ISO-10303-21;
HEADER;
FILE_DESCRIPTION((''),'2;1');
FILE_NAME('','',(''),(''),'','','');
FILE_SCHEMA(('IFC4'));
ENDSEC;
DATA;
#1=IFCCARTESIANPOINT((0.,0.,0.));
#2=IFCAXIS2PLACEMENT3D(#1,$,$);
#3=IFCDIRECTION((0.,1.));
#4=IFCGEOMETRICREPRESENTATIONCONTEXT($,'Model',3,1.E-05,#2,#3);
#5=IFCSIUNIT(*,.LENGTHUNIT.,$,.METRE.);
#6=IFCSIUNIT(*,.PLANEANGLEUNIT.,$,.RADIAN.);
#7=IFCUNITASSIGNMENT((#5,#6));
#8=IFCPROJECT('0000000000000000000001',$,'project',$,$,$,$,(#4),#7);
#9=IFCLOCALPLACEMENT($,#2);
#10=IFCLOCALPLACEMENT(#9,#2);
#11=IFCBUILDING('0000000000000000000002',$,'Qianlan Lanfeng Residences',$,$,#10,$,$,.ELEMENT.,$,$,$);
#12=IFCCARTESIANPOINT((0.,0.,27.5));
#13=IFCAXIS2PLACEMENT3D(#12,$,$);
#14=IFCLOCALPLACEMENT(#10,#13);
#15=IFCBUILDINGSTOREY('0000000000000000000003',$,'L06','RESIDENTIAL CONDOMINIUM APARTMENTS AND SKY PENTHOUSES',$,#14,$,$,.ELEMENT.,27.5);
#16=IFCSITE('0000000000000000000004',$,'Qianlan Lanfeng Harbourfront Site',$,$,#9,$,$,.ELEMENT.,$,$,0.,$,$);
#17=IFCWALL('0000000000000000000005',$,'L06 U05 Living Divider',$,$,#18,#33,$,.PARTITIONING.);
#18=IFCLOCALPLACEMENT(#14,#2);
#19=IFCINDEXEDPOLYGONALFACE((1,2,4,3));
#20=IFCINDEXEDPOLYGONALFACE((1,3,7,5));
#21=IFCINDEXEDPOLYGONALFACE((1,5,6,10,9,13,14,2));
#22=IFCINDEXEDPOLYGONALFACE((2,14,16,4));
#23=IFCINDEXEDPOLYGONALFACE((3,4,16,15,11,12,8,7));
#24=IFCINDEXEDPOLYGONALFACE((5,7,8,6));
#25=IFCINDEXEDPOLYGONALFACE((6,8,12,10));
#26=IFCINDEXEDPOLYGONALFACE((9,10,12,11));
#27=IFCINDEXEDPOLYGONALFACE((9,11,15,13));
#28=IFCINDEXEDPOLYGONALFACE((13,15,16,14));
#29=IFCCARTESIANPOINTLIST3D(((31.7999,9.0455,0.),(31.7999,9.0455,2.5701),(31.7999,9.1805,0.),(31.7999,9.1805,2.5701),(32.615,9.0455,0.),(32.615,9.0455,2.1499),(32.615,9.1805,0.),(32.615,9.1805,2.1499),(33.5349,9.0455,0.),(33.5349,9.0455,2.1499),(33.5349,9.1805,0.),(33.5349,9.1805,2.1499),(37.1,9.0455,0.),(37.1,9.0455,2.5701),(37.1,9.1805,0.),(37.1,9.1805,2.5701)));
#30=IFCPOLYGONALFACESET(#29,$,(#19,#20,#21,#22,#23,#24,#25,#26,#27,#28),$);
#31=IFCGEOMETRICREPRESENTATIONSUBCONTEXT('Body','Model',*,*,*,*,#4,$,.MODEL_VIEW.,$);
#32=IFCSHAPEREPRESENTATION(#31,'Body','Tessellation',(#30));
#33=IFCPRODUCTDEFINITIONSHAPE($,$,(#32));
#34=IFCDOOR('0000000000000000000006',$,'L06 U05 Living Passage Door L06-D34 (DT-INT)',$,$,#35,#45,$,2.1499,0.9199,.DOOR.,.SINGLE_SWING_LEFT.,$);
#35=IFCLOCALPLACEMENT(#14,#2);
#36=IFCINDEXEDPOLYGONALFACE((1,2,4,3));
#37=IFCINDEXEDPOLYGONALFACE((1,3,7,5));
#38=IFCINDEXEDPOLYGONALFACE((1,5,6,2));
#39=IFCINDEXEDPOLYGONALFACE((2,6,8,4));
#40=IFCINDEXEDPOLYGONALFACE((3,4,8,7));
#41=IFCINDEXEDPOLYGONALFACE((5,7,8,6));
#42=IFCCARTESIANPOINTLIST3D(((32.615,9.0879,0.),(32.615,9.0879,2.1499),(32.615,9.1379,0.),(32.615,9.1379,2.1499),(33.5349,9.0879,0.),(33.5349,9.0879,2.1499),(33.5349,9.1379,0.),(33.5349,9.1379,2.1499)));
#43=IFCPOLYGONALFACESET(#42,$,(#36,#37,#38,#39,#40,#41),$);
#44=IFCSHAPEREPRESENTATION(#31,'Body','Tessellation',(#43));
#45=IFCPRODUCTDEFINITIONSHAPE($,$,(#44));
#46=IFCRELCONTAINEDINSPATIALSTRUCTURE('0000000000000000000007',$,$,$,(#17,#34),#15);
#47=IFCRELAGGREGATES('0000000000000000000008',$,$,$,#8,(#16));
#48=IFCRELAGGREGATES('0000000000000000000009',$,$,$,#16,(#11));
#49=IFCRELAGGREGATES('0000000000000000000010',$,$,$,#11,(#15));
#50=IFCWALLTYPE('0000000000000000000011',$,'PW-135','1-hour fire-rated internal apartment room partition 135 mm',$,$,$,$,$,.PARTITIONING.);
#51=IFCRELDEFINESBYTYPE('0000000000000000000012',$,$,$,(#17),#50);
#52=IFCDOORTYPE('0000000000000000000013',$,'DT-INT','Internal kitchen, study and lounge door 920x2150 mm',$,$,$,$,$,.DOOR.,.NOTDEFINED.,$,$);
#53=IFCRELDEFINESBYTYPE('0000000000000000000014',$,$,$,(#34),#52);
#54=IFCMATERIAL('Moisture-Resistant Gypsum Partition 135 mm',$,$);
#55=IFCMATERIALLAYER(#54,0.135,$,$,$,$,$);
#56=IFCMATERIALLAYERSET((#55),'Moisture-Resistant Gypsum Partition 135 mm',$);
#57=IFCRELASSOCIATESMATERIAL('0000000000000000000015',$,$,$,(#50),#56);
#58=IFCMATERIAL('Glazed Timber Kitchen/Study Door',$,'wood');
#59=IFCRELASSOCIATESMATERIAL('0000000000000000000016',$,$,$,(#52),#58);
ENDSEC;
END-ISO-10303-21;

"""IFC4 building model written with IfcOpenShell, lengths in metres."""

from ifc_helpers import new_model, si_unit, direction, frame, frame_2d, origin, place, context, subcontext, project, spatial, rectangle, extrude, material, layer, layer_set, type_object, element, fill, save


model = new_model("IFC4")

# Units and contexts
model_context = context("Model", 3, precision=1e-05, world=origin(), true_north=direction((0.0, 1.0)))
body_context = subcontext(model_context, "Body", "Model", "MODEL_VIEW")
ifc_project = project(units=[si_unit("LENGTHUNIT", "METRE"), si_unit("PLANEANGLEUNIT", "RADIAN")], contexts=[model_context])

# Site, building, storey
site_placement = place(None, origin())
site = spatial("IfcSite", under=ifc_project, at=site_placement, Name="Qianlan Lanfeng Harbourfront Site", CompositionType="ELEMENT", RefElevation=0.0)
building_placement = place(site_placement, origin())
building = spatial("IfcBuilding", under=site, at=building_placement, Name="Qianlan Lanfeng Residences", CompositionType="ELEMENT")
storey_placement = place(building_placement, frame((0.0, 0.0, 27.5)))
storey = spatial("IfcBuildingStorey", under=building, at=storey_placement, Name="L06", Description="RESIDENTIAL CONDOMINIUM APARTMENTS AND SKY PENTHOUSES", CompositionType="ELEMENT", Elevation=27.5)

# Shared definitions
ifc_material_1 = material(Name="Moisture-Resistant Gypsum Partition 135 mm")
ifc_layer = layer(ifc_material_1, 0.135)
ifc_layer_set = layer_set([ifc_layer], Name="Moisture-Resistant Gypsum Partition 135 mm")
wall_type = type_object("IfcWallType", Name="PW-135", Description="1-hour fire-rated internal apartment room partition 135 mm", PredefinedType="PARTITIONING", material=ifc_layer_set)
ifc_material_2 = material(Name="Glazed Timber Kitchen/Study Door", Category="wood")
door_type_1 = type_object("IfcDoorType", Name="DT-INT", Description="Internal kitchen, study and lounge door 920x2150 mm", OperationType="NOTDEFINED", PredefinedType="DOOR", material=ifc_material_2)

# Wall, opening, door
wall_1_placement = place(storey_placement, frame((31.8, 9.113, 0.0), z_axis=(0.0, 0.0, 1.0), x_axis=(1.0, 0.0, 0.0)))
wall_1 = element("IfcWall", 1, at=wall_1_placement, inside=storey, type_object=wall_type, Name="L06 U05 Living Divider", PredefinedType="PARTITIONING", context=body_context, shape_type="SweptSolid", body=[
    extrude(rectangle(XDim=5.3, YDim=0.135, at=frame_2d((2.6499, 0.0))), origin(), (0.0, 0.0, 1.0), 2.5701),
])
opening_1_placement = place(wall_1_placement, frame((0.8149, 0.0, 0.0)))
opening_1 = element("IfcOpeningElement", 2, at=opening_1_placement, cuts=wall_1, PredefinedType="OPENING", context=body_context, shape_type="SweptSolid", body=[
    extrude(rectangle(XDim=0.9199, YDim=2.1499, at=frame_2d((0.46, 1.075))), frame((0.0, 0.0776, 0.0), z_axis=(0.0, -1.0, 0.0), x_axis=(1.0, 0.0, 0.0)), (0.0, 0.0, 1.0), 0.155),
])
door_1_placement = place(opening_1_placement, origin())
door_1 = element("IfcDoor", 3, at=door_1_placement, inside=storey, type_object=door_type_1, Name="L06 U05 Living Passage Door L06-D34 (DT-INT)", OperationType="SINGLE_SWING_LEFT", OverallHeight=2.1499, OverallWidth=0.9199, PredefinedType="DOOR", context=body_context, shape_type="SweptSolid", body=[
    extrude(rectangle(XDim=0.9199, YDim=2.1499, at=frame_2d((0.46, 1.075))), frame((0.0, 0.0249, 0.0), z_axis=(0.0, -1.0, 0.0), x_axis=(1.0, 0.0, 0.0)), (0.0, 0.0, 1.0), 0.05),
])
fill(opening_1, door_1)

save(model, "model.ifc")
